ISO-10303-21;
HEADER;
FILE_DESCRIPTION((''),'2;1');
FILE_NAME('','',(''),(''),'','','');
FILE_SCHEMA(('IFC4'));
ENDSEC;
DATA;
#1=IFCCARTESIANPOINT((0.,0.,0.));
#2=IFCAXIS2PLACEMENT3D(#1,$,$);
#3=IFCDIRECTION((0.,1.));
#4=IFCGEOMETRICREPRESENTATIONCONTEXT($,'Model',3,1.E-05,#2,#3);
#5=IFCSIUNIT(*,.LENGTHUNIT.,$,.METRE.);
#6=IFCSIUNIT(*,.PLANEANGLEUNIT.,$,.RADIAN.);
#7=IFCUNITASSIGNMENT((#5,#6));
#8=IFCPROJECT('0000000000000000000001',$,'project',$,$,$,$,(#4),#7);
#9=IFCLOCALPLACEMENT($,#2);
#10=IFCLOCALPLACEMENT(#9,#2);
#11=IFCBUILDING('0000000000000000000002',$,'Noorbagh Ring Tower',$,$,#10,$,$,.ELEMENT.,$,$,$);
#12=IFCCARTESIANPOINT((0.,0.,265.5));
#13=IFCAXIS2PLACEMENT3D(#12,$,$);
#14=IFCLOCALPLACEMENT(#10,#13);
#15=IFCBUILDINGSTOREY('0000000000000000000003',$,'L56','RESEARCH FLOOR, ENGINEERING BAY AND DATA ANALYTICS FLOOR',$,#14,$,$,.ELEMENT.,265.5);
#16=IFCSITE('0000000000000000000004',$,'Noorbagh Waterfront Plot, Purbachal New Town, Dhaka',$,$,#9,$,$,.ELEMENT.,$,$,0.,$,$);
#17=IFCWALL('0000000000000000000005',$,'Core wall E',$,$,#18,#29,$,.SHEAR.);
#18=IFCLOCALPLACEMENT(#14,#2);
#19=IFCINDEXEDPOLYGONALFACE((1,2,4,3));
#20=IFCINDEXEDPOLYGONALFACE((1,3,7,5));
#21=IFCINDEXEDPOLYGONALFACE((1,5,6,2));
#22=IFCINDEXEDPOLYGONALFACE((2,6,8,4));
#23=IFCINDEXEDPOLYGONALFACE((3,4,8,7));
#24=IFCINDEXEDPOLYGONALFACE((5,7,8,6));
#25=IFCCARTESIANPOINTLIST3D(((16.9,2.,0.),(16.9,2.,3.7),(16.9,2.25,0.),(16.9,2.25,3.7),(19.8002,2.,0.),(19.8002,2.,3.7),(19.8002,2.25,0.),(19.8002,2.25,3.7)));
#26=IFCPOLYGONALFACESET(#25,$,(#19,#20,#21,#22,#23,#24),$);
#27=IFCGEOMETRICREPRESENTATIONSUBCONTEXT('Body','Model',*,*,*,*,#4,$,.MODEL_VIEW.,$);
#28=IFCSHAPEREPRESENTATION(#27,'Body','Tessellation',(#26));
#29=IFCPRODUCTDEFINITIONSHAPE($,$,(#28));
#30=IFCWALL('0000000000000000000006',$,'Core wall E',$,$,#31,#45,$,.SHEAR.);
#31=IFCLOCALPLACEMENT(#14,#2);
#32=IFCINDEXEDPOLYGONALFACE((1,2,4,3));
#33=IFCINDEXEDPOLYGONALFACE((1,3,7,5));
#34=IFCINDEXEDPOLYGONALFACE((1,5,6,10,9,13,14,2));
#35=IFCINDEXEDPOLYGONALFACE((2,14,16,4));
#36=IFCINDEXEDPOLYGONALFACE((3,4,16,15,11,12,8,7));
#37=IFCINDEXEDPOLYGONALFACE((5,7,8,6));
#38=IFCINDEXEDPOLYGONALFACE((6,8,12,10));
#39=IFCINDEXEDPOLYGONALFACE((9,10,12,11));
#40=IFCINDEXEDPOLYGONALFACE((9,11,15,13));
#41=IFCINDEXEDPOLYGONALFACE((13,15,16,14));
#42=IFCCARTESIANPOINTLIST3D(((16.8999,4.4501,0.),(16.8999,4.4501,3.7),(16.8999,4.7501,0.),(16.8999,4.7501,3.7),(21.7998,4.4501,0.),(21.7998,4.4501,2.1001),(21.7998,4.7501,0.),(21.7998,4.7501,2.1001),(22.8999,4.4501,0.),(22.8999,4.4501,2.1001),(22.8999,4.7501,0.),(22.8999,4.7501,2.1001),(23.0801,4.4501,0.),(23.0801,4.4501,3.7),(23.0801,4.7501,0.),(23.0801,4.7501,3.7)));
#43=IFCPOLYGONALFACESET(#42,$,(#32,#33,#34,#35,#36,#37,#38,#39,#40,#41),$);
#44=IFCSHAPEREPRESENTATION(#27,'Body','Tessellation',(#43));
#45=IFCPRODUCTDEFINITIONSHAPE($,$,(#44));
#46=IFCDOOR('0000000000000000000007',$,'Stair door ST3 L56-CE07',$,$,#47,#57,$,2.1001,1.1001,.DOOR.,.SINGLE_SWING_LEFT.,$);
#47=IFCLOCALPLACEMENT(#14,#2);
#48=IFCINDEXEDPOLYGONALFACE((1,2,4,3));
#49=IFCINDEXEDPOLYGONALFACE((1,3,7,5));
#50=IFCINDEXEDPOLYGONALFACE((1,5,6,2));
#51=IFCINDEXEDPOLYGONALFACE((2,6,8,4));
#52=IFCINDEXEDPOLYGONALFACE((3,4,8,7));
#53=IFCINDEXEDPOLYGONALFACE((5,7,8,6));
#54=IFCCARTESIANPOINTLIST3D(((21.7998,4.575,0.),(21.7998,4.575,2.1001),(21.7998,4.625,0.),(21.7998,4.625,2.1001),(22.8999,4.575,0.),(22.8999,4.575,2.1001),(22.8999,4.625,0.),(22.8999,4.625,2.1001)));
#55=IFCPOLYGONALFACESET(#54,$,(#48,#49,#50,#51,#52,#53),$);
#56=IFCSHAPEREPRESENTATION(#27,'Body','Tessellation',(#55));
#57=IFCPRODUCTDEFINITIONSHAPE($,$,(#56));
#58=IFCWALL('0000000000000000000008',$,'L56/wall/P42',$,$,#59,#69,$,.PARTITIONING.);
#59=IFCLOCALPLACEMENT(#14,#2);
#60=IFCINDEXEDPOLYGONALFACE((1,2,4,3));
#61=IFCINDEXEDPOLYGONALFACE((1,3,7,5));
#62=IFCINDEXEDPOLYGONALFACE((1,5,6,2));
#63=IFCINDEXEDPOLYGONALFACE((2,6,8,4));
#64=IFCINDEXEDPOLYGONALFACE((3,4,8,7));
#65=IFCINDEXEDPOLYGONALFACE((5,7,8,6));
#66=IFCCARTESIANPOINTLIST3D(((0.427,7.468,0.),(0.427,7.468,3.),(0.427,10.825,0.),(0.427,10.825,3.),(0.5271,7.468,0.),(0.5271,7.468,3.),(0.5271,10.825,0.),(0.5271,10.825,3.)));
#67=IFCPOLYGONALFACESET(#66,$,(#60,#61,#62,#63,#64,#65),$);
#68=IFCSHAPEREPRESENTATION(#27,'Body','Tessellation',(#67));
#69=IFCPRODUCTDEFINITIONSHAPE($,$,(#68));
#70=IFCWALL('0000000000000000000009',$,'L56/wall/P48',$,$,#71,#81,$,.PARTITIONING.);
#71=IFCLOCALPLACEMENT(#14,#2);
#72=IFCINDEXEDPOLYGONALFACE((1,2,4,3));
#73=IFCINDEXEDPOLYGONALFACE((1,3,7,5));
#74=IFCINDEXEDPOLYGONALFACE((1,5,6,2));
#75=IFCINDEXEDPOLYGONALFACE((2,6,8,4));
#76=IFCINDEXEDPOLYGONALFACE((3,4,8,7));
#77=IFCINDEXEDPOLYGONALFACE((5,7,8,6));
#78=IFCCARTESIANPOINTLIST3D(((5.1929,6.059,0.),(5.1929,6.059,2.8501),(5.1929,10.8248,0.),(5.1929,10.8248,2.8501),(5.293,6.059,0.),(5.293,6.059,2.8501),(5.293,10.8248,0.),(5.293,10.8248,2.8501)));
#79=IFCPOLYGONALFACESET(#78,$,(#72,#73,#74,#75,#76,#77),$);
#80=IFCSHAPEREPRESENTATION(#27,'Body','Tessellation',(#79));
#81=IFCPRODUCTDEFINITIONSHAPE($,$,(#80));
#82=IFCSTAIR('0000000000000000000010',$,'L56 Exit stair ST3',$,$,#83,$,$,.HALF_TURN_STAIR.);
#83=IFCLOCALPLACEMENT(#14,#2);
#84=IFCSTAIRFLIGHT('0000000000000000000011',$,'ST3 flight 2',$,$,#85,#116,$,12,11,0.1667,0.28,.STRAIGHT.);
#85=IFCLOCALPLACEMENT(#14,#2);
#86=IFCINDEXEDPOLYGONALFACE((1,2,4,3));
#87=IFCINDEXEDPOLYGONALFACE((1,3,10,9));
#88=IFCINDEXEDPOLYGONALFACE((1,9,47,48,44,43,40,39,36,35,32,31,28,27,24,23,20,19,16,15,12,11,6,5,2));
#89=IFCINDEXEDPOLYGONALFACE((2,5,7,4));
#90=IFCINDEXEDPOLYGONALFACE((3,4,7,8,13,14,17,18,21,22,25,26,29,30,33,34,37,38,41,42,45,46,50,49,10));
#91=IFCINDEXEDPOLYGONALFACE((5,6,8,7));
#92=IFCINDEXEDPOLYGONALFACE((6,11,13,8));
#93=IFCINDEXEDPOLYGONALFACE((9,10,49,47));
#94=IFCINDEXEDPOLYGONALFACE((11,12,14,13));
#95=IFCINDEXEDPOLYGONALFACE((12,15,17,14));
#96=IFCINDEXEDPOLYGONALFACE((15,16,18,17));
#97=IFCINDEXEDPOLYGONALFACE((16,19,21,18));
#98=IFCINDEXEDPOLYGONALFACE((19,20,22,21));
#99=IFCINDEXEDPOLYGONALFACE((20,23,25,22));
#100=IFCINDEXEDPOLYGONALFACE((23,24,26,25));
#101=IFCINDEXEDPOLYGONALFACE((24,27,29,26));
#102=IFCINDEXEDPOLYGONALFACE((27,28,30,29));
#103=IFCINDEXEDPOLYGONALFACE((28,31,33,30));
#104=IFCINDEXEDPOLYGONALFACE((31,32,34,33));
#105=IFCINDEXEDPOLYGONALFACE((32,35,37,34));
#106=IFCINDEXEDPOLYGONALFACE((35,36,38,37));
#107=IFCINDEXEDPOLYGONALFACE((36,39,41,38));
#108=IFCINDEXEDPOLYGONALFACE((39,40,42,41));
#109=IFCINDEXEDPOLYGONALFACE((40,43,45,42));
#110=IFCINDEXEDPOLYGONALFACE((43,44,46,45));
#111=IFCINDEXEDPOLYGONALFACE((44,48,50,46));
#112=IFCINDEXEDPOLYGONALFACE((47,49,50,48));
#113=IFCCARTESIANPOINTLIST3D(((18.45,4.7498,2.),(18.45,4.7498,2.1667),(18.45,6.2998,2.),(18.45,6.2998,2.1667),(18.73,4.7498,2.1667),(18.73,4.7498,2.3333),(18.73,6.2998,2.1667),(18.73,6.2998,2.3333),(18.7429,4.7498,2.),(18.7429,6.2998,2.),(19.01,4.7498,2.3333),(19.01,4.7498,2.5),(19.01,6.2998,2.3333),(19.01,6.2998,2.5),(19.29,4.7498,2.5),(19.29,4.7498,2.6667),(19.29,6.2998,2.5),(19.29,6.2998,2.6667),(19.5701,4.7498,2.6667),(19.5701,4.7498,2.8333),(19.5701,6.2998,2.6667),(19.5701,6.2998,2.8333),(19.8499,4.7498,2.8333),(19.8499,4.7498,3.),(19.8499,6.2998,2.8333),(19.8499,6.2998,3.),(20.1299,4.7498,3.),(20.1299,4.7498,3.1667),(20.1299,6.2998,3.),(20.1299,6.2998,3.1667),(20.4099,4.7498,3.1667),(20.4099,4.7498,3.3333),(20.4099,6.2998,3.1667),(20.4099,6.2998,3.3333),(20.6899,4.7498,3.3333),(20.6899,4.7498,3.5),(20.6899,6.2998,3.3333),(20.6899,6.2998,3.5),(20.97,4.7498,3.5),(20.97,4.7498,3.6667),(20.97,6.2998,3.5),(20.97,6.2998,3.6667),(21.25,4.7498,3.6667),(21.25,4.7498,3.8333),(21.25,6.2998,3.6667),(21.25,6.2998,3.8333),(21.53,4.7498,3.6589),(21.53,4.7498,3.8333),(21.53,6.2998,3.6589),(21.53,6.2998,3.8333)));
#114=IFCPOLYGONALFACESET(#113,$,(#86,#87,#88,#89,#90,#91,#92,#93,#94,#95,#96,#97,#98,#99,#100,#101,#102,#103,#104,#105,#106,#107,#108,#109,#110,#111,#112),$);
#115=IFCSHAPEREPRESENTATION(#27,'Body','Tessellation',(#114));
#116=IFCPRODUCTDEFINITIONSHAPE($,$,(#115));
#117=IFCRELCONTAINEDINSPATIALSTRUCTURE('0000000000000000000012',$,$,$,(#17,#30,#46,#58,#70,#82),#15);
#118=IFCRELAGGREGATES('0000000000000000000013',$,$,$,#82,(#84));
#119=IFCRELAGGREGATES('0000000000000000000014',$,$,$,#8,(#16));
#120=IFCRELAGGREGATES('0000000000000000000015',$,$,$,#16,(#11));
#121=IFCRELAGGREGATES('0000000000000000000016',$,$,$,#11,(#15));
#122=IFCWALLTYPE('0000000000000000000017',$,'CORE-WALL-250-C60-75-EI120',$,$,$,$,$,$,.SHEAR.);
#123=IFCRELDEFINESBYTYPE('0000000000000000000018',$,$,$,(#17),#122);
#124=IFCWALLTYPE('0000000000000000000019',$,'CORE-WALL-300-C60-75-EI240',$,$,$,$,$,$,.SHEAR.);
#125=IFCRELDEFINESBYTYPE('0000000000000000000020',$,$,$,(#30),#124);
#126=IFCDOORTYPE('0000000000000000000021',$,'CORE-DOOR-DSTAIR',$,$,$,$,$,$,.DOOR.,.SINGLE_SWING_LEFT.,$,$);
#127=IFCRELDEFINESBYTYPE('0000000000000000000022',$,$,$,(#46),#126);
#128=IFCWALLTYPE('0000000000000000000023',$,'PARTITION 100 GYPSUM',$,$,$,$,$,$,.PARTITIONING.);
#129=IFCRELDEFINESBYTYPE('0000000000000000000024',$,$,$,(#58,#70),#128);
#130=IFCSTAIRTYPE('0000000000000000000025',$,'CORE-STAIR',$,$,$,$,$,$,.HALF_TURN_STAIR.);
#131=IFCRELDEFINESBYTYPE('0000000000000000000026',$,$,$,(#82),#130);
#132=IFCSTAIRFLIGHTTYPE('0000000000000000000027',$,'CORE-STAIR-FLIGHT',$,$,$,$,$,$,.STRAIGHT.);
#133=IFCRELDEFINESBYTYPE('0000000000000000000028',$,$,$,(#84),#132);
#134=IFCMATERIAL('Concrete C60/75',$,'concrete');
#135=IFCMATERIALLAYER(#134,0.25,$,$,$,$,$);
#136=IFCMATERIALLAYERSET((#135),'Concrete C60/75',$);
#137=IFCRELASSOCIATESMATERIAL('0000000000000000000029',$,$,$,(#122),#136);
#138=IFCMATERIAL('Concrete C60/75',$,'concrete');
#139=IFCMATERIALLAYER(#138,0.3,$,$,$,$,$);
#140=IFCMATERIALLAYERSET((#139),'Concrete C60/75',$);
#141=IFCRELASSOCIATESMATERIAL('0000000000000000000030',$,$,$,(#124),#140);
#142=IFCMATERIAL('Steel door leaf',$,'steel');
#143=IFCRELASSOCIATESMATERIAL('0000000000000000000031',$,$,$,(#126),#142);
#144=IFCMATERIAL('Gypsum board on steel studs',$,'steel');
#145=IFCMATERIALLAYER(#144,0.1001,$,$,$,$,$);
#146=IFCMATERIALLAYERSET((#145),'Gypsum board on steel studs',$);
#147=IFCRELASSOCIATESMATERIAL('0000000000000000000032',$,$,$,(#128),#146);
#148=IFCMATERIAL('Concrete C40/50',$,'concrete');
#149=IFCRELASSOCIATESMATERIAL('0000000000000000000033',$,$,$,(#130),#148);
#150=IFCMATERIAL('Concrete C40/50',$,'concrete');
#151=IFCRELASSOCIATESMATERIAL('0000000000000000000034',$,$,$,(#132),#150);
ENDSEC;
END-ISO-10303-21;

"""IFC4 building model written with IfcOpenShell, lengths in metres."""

from ifc_helpers import new_model, si_unit, direction, frame, frame_2d, origin, place, context, subcontext, project, spatial, polyline, rectangle, outline, extrude, material, layer, layer_set, type_object, element, fill, aggregate, save


model = new_model("IFC4")

# Units and contexts
model_context = context("Model", 3, precision=1e-05, world=origin(), true_north=direction((0.0, 1.0)))
body_context = subcontext(model_context, "Body", "Model", "MODEL_VIEW")
ifc_project = project(units=[si_unit("LENGTHUNIT", "METRE"), si_unit("PLANEANGLEUNIT", "RADIAN")], contexts=[model_context])

# Site, building, storey
site_placement = place(None, origin())
site = spatial("IfcSite", under=ifc_project, at=site_placement, Name="Noorbagh Waterfront Plot, Purbachal New Town, Dhaka", CompositionType="ELEMENT", RefElevation=0.0)
building_placement = place(site_placement, origin())
building = spatial("IfcBuilding", under=site, at=building_placement, Name="Noorbagh Ring Tower", CompositionType="ELEMENT")
storey_placement = place(building_placement, frame((0.0, 0.0, 265.5)))
storey = spatial("IfcBuildingStorey", under=building, at=storey_placement, Name="L56", Description="RESEARCH FLOOR, ENGINEERING BAY AND DATA ANALYTICS FLOOR", CompositionType="ELEMENT", Elevation=265.5)

# Wall
ifc_material_1 = material(Name="Concrete C60/75", Category="concrete")
ifc_layer_1 = layer(ifc_material_1, 0.25)
ifc_layer_set_1 = layer_set([ifc_layer_1], Name="Concrete C60/75")
wall_type_1 = type_object("IfcWallType", Name="CORE-WALL-250-C60-75-EI120", PredefinedType="SHEAR", material=ifc_layer_set_1)
wall_1_placement = place(storey_placement, frame((16.8999, 2.125, 0.0), z_axis=(0.0, 0.0, 1.0), x_axis=(1.0, 0.0, 0.0)))
element("IfcWall", 1, at=wall_1_placement, inside=storey, type_object=wall_type_1, Name="Core wall E", PredefinedType="SHEAR", context=body_context, shape_type="SweptSolid", body=[
    extrude(rectangle(XDim=2.9001, YDim=0.25, at=frame_2d((1.4502, 0.0))), origin(), (0.0, 0.0, 1.0), 3.7),
])

# Wall, opening, door
ifc_material_2 = material(Name="Concrete C60/75", Category="concrete")
ifc_layer_2 = layer(ifc_material_2, 0.3)
ifc_layer_set_2 = layer_set([ifc_layer_2], Name="Concrete C60/75")
wall_type_2 = type_object("IfcWallType", Name="CORE-WALL-300-C60-75-EI240", PredefinedType="SHEAR", material=ifc_layer_set_2)
wall_2_placement = place(storey_placement, frame((16.8999, 4.6001, 0.0), z_axis=(0.0, 0.0, 1.0), x_axis=(1.0, 0.0, 0.0)))
wall_2 = element("IfcWall", 2, at=wall_2_placement, inside=storey, type_object=wall_type_2, Name="Core wall E", PredefinedType="SHEAR", context=body_context, shape_type="SweptSolid", body=[
    extrude(rectangle(XDim=6.1802, YDim=0.3, at=frame_2d((3.0901, 0.0))), origin(), (0.0, 0.0, 1.0), 3.7),
])
opening_placement = place(wall_2_placement, frame((4.8999, 0.0, 0.0)))
opening = element("IfcOpeningElement", 3, at=opening_placement, cuts=wall_2, PredefinedType="OPENING", context=body_context, shape_type="SweptSolid", body=[
    extrude(rectangle(XDim=1.1001, YDim=2.1001, at=frame_2d((0.55, 1.05))), frame((0.0, 0.1602, 0.0), z_axis=(0.0, -1.0, 0.0), x_axis=(1.0, 0.0, 0.0)), (0.0, 0.0, 1.0), 0.3201),
])
ifc_material_3 = material(Name="Steel door leaf", Category="steel")
door_type = type_object("IfcDoorType", Name="CORE-DOOR-DSTAIR", OperationType="SINGLE_SWING_LEFT", PredefinedType="DOOR", material=ifc_material_3)
door_placement = place(opening_placement, origin())
door = element("IfcDoor", 4, at=door_placement, inside=storey, type_object=door_type, Name="Stair door ST3 L56-CE07", OperationType="SINGLE_SWING_LEFT", OverallHeight=2.1001, OverallWidth=1.1001, PredefinedType="DOOR", context=body_context, shape_type="SweptSolid", body=[
    extrude(rectangle(XDim=1.1001, YDim=2.1001, at=frame_2d((0.55, 1.05))), frame((0.0, 0.0249, 0.0), z_axis=(0.0, -1.0, 0.0), x_axis=(1.0, 0.0, 0.0)), (0.0, 0.0, 1.0), 0.05),
])
fill(opening, door)

# Walls
ifc_material_4 = material(Name="Gypsum board on steel studs", Category="steel")
ifc_layer_3 = layer(ifc_material_4, 0.1001)
ifc_layer_set_3 = layer_set([ifc_layer_3], Name="Gypsum board on steel studs")
wall_type_3 = type_object("IfcWallType", Name="PARTITION 100 GYPSUM", PredefinedType="PARTITIONING", material=ifc_layer_set_3)
wall_3_placement = place(storey_placement, frame((0.4771, 7.468, 0.0), z_axis=(0.0, 0.0, 1.0), x_axis=(0.0, 1.0, 0.0)))
element("IfcWall", 5, at=wall_3_placement, inside=storey, type_object=wall_type_3, Name="L56/wall/P42", PredefinedType="PARTITIONING", context=body_context, shape_type="SweptSolid", body=[
    extrude(rectangle(XDim=3.3569, YDim=0.1001, at=frame_2d((1.6785, 0.0))), origin(), (0.0, 0.0, 1.0), 3.0),
])
wall_4_placement = place(storey_placement, frame((5.2429, 6.0591, 0.0), z_axis=(0.0, 0.0, 1.0), x_axis=(0.0, 1.0, 0.0)))
element("IfcWall", 6, at=wall_4_placement, inside=storey, type_object=wall_type_3, Name="L56/wall/P48", PredefinedType="PARTITIONING", context=body_context, shape_type="SweptSolid", body=[
    extrude(rectangle(XDim=4.7659, YDim=0.1001, at=frame_2d((2.3828, 0.0))), origin(), (0.0, 0.0, 1.0), 2.8501),
])

# Stair, stair flight
ifc_material_5 = material(Name="Concrete C40/50", Category="concrete")
stair_type = type_object("IfcStairType", Name="CORE-STAIR", PredefinedType="HALF_TURN_STAIR", material=ifc_material_5)
stair_placement = place(storey_placement, origin())
stair = element("IfcStair", 7, at=stair_placement, inside=storey, type_object=stair_type, Name="L56 Exit stair ST3", PredefinedType="HALF_TURN_STAIR")
ifc_material_6 = material(Name="Concrete C40/50", Category="concrete")
stair_flight_type = type_object("IfcStairFlightType", Name="CORE-STAIR-FLIGHT", PredefinedType="STRAIGHT", material=ifc_material_6)
stair_flight_placement = place(storey_placement, frame((18.45, 5.5249, 2.0), z_axis=(0.0, 0.0, 1.0), x_axis=(1.0, 0.0, 0.0)))
stair_flight = element("IfcStairFlight", 8, at=stair_flight_placement, type_object=stair_flight_type, Name="ST3 flight 2", NumberOfRisers=12, NumberOfTreads=11, PredefinedType="STRAIGHT", RiserHeight=0.1667, TreadLength=0.28, context=body_context, shape_type="SweptSolid", body=[
    extrude(outline(polyline([(0.0, 0.0), (0.0, 0.1667), (0.28, 0.1667), (0.28, 0.3333), (0.5601, 0.3333), (0.5601, 0.5), (0.8401, 0.5), (0.8401, 0.6667), (1.1201, 0.6667), (1.1201, 0.8333), (1.3999, 0.8333), (1.3999, 1.0), (1.6799, 1.0), (1.6799, 1.1667), (1.96, 1.1667), (1.96, 1.3333), (2.24, 1.3333), (2.24, 1.5), (2.52, 1.5), (2.52, 1.6667), (2.8, 1.6667), (2.8, 1.8333), (3.0801, 1.8333), (3.0801, 2.0), (3.0801, 1.6589), (0.293, 0.0), (0.0, 0.0)])), frame((0.0, 0.7749, 0.0), z_axis=(0.0, -1.0, 0.0), x_axis=(1.0, 0.0, 0.0)), (0.0, 0.0, 1.0), 1.55),
])
aggregate(stair, [stair_flight])

save(model, "model.ifc")
